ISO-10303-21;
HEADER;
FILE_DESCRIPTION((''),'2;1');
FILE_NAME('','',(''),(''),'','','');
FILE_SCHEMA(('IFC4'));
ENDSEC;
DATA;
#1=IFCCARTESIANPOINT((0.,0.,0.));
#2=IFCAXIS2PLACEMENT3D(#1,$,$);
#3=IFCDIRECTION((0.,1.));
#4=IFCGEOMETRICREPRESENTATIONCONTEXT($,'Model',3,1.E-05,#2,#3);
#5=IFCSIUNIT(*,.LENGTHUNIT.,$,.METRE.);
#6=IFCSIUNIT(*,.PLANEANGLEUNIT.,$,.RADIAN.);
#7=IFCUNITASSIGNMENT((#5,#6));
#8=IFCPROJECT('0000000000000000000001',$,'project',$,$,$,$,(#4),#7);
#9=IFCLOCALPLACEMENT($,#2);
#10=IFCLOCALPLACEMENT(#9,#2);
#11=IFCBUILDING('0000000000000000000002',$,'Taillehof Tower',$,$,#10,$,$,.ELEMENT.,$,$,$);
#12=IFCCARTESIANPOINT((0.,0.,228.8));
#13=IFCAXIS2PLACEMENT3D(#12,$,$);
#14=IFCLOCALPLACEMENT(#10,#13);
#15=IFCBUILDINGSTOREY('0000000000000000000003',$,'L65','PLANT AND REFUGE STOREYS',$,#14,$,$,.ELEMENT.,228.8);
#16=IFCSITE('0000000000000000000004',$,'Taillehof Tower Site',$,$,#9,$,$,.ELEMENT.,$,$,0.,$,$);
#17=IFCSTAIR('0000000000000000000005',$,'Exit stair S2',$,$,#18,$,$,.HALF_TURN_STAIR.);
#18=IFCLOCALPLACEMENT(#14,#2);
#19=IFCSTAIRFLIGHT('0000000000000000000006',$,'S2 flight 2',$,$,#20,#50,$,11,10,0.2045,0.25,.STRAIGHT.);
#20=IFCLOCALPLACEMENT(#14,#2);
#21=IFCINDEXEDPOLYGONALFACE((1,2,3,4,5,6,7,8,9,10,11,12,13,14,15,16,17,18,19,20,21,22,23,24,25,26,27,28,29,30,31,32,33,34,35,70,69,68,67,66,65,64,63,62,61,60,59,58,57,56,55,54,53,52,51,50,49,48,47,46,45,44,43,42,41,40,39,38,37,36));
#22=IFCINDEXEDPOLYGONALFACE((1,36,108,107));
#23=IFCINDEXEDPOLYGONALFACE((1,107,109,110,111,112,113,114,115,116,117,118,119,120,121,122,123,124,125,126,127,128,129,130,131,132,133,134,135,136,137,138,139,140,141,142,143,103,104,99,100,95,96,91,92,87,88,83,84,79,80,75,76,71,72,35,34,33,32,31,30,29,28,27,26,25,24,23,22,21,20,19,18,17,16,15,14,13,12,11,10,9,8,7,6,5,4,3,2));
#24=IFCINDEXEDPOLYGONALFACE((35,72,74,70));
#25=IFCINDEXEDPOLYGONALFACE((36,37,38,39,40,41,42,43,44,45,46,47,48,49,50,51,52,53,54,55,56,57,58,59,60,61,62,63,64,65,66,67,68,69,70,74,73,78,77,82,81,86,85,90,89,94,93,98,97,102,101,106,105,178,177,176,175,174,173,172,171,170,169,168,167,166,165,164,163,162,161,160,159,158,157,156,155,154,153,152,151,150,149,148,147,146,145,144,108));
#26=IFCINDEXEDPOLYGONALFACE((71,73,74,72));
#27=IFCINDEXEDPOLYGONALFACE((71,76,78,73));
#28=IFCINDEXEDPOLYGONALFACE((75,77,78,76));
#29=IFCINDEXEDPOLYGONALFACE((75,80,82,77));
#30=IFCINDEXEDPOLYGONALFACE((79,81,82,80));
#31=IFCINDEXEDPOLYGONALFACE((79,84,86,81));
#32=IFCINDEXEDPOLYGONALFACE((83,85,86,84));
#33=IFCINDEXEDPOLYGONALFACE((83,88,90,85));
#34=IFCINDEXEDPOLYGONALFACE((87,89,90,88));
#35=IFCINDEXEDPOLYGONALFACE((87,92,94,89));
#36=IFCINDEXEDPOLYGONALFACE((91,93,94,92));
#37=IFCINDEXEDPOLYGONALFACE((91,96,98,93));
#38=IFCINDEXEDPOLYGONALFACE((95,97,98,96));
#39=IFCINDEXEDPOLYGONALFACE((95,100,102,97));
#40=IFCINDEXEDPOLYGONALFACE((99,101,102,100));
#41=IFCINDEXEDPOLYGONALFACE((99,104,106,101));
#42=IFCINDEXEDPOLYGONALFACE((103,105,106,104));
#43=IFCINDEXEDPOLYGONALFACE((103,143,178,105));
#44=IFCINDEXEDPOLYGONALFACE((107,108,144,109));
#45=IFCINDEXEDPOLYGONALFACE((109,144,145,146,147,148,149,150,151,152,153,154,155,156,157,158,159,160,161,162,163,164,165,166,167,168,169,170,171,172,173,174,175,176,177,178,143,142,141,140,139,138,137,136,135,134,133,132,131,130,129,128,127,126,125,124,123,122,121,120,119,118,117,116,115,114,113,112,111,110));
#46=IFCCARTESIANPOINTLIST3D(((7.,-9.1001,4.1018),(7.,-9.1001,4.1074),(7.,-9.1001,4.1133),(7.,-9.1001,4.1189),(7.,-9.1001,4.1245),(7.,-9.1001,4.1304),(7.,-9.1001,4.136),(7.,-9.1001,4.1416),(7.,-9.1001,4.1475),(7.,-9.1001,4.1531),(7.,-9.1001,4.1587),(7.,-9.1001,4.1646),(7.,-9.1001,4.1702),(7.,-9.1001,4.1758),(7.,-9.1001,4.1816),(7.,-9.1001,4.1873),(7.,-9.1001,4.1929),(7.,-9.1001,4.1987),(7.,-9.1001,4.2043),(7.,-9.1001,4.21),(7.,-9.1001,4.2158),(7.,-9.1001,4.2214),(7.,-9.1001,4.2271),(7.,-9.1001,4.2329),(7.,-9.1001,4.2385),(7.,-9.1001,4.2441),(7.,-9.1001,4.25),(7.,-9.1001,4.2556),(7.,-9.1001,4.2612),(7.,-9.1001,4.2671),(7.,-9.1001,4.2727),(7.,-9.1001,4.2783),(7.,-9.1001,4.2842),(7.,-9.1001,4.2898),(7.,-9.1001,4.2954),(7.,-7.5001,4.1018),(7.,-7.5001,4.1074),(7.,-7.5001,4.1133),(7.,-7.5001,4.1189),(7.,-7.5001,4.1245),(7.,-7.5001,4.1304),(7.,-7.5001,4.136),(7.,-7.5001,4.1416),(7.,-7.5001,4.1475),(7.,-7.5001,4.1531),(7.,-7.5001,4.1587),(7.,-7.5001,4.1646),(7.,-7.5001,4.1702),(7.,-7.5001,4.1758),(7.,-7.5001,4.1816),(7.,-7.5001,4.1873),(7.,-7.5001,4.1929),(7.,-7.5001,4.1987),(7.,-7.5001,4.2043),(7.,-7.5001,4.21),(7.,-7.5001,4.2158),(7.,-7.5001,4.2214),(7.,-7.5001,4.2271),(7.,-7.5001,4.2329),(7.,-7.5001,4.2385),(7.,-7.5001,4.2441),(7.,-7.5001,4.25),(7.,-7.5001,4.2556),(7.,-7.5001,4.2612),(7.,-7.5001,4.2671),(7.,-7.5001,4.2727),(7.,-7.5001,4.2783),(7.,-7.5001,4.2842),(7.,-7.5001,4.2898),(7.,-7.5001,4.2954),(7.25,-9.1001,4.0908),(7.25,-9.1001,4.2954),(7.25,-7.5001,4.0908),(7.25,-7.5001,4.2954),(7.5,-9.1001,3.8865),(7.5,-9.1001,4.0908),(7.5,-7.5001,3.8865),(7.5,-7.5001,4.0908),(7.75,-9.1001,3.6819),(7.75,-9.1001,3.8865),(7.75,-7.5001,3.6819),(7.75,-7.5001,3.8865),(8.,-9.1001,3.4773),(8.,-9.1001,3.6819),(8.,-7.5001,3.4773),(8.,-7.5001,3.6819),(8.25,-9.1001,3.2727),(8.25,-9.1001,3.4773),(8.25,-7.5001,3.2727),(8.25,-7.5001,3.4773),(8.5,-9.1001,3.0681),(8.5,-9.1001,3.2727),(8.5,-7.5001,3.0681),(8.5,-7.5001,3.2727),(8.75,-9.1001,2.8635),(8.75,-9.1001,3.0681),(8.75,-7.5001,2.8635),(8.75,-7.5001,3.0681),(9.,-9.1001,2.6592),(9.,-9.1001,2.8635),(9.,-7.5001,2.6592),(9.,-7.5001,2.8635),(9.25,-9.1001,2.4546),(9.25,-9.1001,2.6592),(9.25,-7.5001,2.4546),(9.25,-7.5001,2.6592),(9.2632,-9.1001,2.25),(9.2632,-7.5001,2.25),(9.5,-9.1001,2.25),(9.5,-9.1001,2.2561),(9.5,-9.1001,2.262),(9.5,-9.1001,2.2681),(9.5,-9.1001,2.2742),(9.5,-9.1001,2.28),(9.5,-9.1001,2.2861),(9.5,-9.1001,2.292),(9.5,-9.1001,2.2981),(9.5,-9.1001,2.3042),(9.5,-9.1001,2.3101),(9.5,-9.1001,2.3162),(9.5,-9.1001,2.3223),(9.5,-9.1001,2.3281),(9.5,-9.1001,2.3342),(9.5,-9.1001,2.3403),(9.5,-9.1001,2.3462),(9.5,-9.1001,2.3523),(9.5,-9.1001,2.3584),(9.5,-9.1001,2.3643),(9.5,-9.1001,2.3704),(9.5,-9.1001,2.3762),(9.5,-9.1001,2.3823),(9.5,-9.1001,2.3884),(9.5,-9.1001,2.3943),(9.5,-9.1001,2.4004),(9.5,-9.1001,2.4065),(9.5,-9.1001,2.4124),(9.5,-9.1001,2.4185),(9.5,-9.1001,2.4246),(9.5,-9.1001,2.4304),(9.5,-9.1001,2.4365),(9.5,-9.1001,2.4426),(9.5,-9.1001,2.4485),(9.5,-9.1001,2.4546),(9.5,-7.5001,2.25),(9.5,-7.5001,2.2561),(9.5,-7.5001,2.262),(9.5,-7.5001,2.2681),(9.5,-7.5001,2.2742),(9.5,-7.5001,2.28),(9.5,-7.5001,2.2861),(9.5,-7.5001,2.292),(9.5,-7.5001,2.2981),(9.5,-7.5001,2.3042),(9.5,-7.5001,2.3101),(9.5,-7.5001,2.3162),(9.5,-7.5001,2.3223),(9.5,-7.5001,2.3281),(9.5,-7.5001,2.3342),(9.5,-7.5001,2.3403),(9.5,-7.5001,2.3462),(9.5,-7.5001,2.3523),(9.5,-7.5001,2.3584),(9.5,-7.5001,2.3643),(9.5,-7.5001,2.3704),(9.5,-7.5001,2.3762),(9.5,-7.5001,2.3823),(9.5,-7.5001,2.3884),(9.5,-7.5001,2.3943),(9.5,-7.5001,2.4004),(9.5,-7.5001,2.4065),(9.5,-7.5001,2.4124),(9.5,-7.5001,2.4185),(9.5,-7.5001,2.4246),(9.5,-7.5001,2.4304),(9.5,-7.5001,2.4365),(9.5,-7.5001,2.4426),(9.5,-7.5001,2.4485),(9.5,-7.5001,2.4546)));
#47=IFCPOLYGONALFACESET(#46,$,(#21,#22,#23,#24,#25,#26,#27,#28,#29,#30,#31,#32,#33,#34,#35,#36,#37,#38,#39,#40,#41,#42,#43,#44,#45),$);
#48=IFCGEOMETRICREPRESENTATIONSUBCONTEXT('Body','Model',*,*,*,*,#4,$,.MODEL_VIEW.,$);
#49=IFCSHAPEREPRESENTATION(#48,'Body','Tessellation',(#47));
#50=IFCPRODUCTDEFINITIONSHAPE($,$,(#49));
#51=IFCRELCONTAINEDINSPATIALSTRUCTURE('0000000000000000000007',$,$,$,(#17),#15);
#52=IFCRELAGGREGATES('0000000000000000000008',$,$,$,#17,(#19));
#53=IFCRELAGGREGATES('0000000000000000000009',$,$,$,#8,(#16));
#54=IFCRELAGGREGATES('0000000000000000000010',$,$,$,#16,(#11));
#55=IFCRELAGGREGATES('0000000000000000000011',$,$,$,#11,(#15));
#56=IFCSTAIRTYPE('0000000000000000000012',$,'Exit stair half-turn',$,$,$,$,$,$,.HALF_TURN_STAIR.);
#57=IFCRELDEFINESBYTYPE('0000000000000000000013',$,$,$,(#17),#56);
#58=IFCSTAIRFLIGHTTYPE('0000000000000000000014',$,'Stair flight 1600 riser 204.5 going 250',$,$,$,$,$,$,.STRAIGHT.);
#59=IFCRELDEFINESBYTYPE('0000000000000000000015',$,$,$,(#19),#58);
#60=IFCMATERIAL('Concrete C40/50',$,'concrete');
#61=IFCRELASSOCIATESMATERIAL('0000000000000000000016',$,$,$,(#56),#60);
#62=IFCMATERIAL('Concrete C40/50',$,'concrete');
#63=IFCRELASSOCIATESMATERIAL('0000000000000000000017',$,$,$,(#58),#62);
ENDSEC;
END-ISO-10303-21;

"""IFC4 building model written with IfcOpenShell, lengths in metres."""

from ifc_helpers import new_model, si_unit, direction, frame, origin, place, context, subcontext, project, spatial, polyline, outline, extrude, material, type_object, element, aggregate, save


model = new_model("IFC4")

# Units and contexts
model_context = context("Model", 3, precision=1e-05, world=origin(), true_north=direction((0.0, 1.0)))
body_context = subcontext(model_context, "Body", "Model", "MODEL_VIEW")
ifc_project = project(units=[si_unit("LENGTHUNIT", "METRE"), si_unit("PLANEANGLEUNIT", "RADIAN")], contexts=[model_context])

# Site, building, storey
site_placement = place(None, origin())
site = spatial("IfcSite", under=ifc_project, at=site_placement, Name="Taillehof Tower Site", CompositionType="ELEMENT", RefElevation=0.0)
building_placement = place(site_placement, origin())
building = spatial("IfcBuilding", under=site, at=building_placement, Name="Taillehof Tower", CompositionType="ELEMENT")
storey_placement = place(building_placement, frame((0.0, 0.0, 228.8)))
storey = spatial("IfcBuildingStorey", under=building, at=storey_placement, Name="L65", Description="PLANT AND REFUGE STOREYS", CompositionType="ELEMENT", Elevation=228.8)

# Stair, stair flight
ifc_material_1 = material(Name="Concrete C40/50", Category="concrete")
stair_type = type_object("IfcStairType", Name="Exit stair half-turn", PredefinedType="HALF_TURN_STAIR", material=ifc_material_1)
stair_placement = place(storey_placement, origin())
stair = element("IfcStair", 1, at=stair_placement, inside=storey, type_object=stair_type, Name="Exit stair S2", PredefinedType="HALF_TURN_STAIR")
ifc_material_2 = material(Name="Concrete C40/50", Category="concrete")
stair_flight_type = type_object("IfcStairFlightType", Name="Stair flight 1600 riser 204.5 going 250", PredefinedType="STRAIGHT", material=ifc_material_2)
stair_flight_1_placement = place(storey_placement, frame((9.5, -8.3, 2.25), z_axis=(0.0, 0.0, 1.0), x_axis=(-1.0, 0.0, 0.0)))
stair_flight_1 = element("IfcStairFlight", 2, at=stair_flight_1_placement, type_object=stair_flight_type, Name="S2 flight 2", NumberOfRisers=11, NumberOfTreads=10, PredefinedType="STRAIGHT", RiserHeight=0.2045, TreadLength=0.25, context=body_context, shape_type="SweptSolid", body=[
    extrude(outline(polyline([(0.0, 0.0), (0.0, 0.0061), (0.0, 0.012), (0.0, 0.0181), (0.0, 0.0242), (0.0, 0.03), (0.0, 0.0361), (0.0, 0.042), (0.0, 0.0481), (0.0, 0.0542), (0.0, 0.0601), (0.0, 0.0662), (0.0, 0.0723), (0.0, 0.0781), (0.0, 0.0842), (0.0, 0.0903), (0.0, 0.0962), (0.0, 0.1023), (0.0, 0.1084), (0.0, 0.1143), (0.0, 0.1204), (0.0, 0.1262), (0.0, 0.1323), (0.0, 0.1384), (0.0, 0.1443), (0.0, 0.1504), (0.0, 0.1565), (0.0, 0.1624), (0.0, 0.1685), (0.0, 0.1746), (0.0, 0.1804), (0.0, 0.1865), (0.0, 0.1926), (0.0, 0.1985), (0.0, 0.2046), (0.25, 0.2046), (0.25, 0.4092), (0.5, 0.4092), (0.5, 0.6135), (0.75, 0.6135), (0.75, 0.8181), (1.0, 0.8181), (1.0, 1.0227), (1.25, 1.0227), (1.25, 1.2273), (1.5, 1.2273), (1.5, 1.4319), (1.75, 1.4319), (1.75, 1.6365), (2.0, 1.6365), (2.0, 1.8408), (2.25, 1.8408), (2.25, 2.0454), (2.5, 2.0454), (2.5, 2.0398), (2.5, 2.0342), (2.5, 2.0283), (2.5, 2.0227), (2.5, 2.0171), (2.5, 2.0112), (2.5, 2.0056), (2.5, 2.0), (2.5, 1.9941), (2.5, 1.9885), (2.5, 1.9829), (2.5, 1.9771), (2.5, 1.9714), (2.5, 1.9658), (2.5, 1.96), (2.5, 1.9543), (2.5, 1.9487), (2.5, 1.9429), (2.5, 1.9373), (2.5, 1.9316), (2.5, 1.9258), (2.5, 1.9202), (2.5, 1.9146), (2.5, 1.9087), (2.5, 1.9031), (2.5, 1.8975), (2.5, 1.8916), (2.5, 1.886), (2.5, 1.8804), (2.5, 1.8745), (2.5, 1.8689), (2.5, 1.8633), (2.5, 1.8574), (2.5, 1.8518), (0.2368, 0.0), (0.0, 0.0)])), frame((0.0, 0.8, 0.0), z_axis=(0.0, -1.0, 0.0), x_axis=(1.0, 0.0, 0.0)), (0.0, 0.0, 1.0), 1.6),
])
aggregate(stair, [stair_flight_1])

save(model, "model.ifc")
